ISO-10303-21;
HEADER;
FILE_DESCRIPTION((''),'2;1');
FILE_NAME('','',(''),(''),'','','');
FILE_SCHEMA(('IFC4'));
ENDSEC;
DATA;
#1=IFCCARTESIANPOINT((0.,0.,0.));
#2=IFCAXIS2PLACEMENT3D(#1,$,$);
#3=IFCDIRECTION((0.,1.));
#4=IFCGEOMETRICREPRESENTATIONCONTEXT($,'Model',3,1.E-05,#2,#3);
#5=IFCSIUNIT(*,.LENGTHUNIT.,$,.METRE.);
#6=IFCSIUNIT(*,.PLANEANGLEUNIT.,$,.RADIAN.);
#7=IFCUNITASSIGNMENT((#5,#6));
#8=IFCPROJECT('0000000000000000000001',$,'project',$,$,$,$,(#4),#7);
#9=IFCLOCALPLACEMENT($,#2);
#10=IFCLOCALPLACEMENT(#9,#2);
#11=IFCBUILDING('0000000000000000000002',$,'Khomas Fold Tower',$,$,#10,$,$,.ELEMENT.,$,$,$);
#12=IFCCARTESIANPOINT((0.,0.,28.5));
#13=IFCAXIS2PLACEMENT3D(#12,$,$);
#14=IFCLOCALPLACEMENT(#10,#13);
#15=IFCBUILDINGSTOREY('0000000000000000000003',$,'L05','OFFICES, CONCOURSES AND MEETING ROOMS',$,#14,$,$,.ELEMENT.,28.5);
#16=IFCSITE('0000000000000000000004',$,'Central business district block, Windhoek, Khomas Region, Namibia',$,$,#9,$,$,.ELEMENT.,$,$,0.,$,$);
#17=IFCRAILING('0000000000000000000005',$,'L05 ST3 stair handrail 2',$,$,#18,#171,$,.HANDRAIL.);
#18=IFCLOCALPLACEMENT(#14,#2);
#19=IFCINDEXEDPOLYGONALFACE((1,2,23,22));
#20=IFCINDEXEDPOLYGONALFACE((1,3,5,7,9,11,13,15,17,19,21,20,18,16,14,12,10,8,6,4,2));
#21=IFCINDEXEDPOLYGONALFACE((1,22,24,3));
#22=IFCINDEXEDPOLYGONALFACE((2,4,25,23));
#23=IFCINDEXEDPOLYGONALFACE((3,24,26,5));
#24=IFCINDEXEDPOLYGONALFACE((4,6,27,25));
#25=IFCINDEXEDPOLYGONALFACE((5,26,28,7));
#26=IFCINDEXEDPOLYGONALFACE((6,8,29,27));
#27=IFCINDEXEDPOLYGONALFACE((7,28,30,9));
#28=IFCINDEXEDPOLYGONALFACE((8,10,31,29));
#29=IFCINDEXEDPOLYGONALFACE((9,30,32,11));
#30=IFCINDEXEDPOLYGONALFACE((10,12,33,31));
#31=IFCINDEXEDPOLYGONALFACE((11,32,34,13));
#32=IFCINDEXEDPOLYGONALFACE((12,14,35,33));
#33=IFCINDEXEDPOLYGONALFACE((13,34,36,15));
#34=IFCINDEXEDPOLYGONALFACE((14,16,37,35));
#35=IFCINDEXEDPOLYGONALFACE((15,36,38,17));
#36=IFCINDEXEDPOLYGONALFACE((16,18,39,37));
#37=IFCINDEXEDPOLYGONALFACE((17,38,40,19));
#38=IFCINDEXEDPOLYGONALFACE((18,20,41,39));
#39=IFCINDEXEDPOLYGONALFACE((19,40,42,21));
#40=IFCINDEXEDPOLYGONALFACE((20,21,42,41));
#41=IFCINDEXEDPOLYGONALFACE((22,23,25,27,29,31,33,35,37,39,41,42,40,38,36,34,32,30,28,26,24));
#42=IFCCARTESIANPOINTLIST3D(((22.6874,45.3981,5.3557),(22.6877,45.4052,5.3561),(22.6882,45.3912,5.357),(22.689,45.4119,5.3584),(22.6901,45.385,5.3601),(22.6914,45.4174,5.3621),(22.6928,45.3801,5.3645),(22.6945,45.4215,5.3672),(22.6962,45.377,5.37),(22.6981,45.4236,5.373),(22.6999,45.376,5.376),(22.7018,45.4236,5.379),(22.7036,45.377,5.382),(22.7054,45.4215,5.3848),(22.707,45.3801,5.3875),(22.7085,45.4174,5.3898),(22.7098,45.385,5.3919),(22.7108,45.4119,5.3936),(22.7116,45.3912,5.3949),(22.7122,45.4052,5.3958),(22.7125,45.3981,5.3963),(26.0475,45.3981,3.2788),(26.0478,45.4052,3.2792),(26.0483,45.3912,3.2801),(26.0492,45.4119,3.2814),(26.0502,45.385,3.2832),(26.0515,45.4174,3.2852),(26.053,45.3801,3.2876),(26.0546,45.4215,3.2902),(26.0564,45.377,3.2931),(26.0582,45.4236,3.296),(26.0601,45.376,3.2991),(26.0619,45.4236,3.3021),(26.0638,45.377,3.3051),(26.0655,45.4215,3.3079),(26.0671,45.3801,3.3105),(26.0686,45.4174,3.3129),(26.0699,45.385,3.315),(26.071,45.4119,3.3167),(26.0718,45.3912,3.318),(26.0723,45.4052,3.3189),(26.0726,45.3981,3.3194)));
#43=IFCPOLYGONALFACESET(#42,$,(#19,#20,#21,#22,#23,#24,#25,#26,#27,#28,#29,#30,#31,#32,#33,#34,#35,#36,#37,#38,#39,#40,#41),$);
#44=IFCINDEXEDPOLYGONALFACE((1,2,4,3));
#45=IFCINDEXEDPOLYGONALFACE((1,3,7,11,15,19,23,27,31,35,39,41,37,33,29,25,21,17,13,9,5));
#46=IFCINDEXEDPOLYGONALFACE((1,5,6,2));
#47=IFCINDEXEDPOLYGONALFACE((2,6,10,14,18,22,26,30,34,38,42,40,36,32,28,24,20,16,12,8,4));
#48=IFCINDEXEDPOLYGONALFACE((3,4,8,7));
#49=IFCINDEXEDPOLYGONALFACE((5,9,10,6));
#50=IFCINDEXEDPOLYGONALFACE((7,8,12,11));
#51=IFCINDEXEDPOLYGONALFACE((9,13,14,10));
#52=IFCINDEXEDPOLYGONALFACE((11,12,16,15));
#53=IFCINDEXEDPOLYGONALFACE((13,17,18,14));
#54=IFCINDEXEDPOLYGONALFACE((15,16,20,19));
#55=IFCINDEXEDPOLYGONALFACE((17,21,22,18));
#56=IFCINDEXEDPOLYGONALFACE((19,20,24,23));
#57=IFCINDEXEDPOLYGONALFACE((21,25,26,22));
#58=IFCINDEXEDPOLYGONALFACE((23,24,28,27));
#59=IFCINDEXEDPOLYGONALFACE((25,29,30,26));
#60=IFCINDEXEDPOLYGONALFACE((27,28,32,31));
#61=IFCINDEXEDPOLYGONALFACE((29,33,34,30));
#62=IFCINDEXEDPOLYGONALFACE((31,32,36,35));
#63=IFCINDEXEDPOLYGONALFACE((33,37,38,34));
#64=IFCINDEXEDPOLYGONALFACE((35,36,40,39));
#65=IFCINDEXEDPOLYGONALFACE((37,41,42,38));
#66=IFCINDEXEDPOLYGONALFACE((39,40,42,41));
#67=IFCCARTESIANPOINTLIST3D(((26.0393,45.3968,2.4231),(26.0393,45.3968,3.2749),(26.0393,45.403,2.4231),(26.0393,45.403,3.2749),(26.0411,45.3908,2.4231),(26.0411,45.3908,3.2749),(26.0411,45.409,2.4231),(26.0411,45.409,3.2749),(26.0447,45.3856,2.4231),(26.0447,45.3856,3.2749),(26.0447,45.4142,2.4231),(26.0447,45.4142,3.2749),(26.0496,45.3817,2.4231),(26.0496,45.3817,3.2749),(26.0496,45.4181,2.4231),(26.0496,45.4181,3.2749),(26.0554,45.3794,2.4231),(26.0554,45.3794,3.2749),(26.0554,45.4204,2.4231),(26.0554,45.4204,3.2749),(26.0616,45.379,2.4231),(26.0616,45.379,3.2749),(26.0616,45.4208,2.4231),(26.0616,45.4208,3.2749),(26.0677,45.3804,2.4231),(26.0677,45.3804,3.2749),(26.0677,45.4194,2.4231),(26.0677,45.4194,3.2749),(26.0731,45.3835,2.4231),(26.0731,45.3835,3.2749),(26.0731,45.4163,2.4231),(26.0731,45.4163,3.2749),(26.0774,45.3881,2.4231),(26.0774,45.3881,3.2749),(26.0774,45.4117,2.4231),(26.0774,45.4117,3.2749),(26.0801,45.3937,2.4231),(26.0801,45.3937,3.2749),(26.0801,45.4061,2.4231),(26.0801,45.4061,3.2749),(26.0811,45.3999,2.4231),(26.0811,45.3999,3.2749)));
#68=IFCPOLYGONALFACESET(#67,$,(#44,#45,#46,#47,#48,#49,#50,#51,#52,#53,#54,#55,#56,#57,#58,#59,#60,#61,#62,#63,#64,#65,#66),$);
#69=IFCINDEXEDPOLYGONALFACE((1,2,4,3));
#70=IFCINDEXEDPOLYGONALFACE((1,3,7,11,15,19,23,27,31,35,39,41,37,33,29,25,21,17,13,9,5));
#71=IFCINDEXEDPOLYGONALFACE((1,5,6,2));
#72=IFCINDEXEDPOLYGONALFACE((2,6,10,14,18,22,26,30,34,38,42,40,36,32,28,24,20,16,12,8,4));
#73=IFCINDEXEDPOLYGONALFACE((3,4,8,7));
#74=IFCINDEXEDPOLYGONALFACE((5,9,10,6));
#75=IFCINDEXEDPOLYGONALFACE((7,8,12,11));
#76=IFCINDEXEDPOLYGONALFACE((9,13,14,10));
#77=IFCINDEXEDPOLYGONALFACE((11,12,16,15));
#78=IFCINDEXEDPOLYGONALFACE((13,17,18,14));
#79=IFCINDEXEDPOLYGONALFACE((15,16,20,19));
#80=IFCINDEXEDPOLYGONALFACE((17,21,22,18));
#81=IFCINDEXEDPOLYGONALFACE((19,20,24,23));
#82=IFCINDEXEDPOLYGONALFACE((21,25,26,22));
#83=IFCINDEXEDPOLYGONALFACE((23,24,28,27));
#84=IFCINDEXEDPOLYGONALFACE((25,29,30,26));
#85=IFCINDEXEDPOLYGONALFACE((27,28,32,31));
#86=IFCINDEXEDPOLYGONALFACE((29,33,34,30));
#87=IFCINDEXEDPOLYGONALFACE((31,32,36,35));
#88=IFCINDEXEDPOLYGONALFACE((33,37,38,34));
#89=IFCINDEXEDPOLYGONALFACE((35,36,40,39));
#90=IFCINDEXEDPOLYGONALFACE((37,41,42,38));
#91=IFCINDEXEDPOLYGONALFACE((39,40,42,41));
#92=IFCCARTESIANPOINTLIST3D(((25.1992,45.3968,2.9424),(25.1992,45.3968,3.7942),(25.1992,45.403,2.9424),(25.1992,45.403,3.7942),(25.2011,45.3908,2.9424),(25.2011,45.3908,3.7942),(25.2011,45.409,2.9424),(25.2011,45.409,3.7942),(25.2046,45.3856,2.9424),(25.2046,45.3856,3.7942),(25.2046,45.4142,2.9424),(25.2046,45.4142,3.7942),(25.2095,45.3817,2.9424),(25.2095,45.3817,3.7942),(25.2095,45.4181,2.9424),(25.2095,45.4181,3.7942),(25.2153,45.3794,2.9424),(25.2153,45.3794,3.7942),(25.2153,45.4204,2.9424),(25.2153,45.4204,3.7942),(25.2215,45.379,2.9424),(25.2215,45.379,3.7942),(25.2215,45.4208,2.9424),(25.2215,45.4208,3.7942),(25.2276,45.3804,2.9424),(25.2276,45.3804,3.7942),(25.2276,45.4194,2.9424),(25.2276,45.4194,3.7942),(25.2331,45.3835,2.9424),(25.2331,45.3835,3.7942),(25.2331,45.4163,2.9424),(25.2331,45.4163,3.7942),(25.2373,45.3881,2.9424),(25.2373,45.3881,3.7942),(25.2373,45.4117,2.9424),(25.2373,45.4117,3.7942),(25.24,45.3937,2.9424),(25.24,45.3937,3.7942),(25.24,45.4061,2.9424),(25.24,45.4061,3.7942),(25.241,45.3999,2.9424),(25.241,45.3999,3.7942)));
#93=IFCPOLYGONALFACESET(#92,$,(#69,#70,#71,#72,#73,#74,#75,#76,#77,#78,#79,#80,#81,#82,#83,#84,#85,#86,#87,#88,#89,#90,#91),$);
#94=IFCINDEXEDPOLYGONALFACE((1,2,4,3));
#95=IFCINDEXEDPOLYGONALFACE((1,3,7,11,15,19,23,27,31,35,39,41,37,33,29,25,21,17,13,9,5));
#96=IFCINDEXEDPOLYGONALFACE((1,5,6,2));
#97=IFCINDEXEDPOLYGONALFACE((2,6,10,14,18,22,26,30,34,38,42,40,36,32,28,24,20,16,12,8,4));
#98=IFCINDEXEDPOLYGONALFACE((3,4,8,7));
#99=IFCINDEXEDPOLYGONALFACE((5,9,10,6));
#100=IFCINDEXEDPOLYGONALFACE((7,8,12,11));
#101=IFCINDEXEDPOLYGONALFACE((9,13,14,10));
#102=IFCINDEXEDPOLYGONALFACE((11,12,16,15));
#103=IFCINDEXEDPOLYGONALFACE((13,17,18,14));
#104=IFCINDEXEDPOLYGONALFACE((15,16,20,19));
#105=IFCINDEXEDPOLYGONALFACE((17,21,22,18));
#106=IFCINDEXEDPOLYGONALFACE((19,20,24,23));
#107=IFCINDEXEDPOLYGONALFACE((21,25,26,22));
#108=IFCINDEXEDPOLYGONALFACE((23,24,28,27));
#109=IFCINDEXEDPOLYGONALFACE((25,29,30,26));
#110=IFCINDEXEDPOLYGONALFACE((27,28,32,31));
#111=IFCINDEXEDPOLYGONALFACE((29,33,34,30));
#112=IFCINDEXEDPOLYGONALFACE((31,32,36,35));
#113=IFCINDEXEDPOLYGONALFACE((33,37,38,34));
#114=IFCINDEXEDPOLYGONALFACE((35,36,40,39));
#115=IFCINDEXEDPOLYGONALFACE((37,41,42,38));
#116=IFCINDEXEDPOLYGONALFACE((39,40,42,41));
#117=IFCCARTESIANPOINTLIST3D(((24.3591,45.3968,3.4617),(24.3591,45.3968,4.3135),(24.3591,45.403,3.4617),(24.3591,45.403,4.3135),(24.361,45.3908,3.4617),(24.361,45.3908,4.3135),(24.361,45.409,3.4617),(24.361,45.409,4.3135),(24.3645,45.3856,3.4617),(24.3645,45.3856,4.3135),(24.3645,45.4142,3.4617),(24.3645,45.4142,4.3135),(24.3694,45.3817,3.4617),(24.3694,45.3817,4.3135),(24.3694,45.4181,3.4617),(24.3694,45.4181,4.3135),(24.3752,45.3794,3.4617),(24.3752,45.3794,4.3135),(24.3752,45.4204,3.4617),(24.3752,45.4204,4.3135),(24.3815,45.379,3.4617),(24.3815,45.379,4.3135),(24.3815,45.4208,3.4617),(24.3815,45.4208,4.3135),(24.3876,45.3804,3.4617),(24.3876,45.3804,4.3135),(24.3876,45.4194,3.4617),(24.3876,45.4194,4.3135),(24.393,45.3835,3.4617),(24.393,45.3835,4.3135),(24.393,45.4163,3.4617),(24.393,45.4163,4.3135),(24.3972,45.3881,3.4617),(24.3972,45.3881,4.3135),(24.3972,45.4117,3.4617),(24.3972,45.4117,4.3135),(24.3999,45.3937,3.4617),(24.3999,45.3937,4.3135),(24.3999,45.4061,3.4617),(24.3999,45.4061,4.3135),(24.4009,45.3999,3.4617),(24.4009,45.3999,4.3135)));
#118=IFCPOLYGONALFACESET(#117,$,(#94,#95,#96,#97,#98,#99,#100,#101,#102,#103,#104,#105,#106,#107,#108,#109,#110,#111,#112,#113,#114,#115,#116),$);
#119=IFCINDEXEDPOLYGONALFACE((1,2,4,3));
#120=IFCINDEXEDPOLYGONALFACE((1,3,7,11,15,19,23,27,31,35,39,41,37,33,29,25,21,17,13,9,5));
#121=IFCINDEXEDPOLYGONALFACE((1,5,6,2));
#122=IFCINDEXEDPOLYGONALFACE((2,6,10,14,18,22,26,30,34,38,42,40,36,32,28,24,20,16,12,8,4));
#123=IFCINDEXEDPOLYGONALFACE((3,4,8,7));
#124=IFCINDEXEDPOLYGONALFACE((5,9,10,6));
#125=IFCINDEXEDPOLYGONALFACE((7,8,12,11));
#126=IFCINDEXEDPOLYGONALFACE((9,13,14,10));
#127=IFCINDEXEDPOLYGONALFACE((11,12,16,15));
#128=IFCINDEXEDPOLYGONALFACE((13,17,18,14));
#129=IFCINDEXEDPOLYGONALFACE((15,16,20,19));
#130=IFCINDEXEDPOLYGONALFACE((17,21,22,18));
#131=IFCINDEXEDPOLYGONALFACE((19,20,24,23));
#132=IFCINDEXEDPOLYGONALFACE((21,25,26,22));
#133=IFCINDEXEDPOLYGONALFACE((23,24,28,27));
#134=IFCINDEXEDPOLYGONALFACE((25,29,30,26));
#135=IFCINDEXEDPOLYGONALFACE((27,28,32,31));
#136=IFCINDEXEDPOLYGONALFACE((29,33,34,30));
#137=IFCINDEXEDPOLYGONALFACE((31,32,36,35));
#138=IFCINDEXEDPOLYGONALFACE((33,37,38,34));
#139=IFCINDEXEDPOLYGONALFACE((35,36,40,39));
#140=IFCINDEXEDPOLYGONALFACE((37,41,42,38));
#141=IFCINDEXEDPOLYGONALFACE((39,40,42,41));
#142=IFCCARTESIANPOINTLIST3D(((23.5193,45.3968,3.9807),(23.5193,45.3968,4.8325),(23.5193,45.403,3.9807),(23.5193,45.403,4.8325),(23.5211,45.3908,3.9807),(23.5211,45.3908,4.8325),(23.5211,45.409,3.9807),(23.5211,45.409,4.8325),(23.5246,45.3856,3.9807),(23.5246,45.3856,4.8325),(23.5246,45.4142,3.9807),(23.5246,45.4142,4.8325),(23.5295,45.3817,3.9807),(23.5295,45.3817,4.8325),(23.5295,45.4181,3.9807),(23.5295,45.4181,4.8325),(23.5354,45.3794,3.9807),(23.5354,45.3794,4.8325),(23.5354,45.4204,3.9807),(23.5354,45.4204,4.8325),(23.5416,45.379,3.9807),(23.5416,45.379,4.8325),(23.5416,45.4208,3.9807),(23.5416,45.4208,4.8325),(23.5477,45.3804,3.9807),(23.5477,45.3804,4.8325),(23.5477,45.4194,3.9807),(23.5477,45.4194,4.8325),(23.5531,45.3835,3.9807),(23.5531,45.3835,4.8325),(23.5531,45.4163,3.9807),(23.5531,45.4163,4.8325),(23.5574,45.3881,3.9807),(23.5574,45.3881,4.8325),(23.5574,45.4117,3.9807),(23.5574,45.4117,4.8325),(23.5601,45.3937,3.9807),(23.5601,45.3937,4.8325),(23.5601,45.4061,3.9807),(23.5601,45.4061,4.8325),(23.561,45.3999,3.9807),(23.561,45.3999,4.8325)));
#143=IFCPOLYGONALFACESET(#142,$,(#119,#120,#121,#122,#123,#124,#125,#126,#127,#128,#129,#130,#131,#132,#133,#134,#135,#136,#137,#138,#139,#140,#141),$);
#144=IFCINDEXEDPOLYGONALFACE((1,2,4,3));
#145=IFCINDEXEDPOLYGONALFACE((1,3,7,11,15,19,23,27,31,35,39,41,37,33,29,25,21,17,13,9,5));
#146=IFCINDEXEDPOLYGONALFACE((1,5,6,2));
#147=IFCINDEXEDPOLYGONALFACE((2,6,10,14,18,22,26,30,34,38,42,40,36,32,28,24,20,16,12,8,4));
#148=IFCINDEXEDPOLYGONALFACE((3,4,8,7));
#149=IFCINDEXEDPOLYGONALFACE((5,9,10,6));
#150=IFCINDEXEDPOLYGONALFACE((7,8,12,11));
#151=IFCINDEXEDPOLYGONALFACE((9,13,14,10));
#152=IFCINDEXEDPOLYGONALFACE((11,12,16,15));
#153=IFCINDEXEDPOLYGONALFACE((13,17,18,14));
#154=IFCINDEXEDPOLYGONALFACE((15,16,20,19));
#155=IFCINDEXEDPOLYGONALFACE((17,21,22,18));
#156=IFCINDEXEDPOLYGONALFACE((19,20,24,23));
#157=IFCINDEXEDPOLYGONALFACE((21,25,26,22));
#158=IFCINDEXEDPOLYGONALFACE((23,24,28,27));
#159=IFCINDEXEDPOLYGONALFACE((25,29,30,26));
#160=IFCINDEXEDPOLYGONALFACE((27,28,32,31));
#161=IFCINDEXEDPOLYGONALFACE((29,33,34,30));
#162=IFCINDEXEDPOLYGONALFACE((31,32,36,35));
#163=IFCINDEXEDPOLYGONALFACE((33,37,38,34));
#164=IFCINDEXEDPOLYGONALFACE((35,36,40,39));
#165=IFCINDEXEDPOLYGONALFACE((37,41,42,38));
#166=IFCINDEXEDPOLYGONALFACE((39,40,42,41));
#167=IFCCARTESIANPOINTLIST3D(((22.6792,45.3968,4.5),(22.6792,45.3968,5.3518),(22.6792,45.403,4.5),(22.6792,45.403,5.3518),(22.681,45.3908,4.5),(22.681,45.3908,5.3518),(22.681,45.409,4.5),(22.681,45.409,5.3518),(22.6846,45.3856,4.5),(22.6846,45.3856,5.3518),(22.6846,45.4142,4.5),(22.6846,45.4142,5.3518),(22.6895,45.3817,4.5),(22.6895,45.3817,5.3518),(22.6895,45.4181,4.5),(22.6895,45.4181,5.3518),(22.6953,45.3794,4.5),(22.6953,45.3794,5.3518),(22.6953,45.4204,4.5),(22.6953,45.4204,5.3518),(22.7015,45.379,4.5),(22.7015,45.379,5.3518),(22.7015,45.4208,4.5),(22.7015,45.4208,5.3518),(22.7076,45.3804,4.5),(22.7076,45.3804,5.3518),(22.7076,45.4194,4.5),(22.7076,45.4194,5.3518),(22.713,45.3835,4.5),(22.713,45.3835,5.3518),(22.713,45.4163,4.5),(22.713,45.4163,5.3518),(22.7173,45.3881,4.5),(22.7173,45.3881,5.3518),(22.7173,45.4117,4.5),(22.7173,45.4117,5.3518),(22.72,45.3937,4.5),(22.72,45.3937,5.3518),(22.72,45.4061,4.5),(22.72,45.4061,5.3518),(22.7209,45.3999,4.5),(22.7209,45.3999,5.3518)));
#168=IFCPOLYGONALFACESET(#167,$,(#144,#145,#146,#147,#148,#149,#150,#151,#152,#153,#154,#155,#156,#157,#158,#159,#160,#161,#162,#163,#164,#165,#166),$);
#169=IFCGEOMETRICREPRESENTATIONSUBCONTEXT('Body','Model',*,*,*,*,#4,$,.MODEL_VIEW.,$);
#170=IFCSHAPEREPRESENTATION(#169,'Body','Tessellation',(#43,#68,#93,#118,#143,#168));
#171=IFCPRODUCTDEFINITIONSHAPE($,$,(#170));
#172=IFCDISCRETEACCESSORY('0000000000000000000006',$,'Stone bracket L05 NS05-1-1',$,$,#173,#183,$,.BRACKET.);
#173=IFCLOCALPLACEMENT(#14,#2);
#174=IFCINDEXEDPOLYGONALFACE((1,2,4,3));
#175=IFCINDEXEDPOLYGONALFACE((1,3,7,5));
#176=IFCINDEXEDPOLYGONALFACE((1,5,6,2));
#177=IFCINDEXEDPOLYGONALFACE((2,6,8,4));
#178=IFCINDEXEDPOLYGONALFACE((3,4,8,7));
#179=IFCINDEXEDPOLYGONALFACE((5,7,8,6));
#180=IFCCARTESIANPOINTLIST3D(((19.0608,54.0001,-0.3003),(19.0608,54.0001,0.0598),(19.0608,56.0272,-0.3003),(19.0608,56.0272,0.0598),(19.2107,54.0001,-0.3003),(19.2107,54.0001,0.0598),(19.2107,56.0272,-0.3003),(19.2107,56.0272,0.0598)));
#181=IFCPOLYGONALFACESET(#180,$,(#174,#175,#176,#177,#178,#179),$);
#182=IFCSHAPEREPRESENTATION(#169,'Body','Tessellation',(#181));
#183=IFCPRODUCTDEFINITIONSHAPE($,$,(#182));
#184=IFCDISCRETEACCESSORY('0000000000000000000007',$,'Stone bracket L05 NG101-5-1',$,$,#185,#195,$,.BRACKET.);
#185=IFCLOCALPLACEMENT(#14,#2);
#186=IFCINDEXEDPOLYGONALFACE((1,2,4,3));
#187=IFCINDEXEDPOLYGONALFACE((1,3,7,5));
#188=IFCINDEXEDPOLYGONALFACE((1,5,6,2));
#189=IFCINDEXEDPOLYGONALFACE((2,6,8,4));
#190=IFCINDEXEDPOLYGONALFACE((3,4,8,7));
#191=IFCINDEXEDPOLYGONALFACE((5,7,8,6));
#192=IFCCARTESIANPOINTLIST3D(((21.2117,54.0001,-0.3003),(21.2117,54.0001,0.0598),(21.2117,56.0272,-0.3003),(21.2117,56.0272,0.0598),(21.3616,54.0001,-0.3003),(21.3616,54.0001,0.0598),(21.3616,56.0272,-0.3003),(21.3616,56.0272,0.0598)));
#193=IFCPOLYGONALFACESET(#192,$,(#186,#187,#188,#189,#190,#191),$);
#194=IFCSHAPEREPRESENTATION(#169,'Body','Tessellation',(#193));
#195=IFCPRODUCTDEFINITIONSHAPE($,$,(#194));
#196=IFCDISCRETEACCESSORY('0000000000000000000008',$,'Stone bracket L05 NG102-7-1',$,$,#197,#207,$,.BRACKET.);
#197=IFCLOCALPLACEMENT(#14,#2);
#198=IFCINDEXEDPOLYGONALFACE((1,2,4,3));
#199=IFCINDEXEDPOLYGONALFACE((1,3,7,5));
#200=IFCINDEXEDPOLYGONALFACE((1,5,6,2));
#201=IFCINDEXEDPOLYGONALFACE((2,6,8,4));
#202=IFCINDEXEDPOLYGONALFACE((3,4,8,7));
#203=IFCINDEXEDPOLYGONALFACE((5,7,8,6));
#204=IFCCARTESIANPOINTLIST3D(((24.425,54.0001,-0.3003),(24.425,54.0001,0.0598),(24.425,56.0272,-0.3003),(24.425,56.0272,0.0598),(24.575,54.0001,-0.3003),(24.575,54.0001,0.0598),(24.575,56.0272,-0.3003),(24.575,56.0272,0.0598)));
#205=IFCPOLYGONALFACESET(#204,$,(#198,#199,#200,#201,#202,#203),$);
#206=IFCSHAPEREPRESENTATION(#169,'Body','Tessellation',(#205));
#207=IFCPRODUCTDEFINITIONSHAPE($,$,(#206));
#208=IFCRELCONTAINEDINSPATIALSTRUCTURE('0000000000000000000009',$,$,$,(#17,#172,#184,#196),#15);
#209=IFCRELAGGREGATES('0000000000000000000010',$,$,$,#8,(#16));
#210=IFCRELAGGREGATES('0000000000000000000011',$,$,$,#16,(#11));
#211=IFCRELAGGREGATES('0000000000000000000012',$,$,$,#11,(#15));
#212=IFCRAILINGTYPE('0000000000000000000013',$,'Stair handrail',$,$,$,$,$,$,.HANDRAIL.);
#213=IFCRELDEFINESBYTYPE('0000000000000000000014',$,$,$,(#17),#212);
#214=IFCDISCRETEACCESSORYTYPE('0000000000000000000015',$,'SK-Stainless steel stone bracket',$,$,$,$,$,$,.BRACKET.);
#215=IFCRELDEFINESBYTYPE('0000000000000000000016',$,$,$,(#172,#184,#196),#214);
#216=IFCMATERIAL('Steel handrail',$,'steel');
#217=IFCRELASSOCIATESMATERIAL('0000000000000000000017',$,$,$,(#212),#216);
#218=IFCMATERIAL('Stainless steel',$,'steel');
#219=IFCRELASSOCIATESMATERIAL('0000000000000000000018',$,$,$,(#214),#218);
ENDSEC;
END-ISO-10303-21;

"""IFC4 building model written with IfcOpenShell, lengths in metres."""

from ifc_helpers import new_model, si_unit, direction, frame, origin, origin_2d, place, context, subcontext, project, spatial, rectangle, circle, extrude, source, transform, mapped, material, type_object, element, save


model = new_model("IFC4")

# Units and contexts
model_context = context("Model", 3, precision=1e-05, world=origin(), true_north=direction((0.0, 1.0)))
body_context = subcontext(model_context, "Body", "Model", "MODEL_VIEW")
ifc_project = project(units=[si_unit("LENGTHUNIT", "METRE"), si_unit("PLANEANGLEUNIT", "RADIAN")], contexts=[model_context])

# Site, building, storey
site_placement = place(None, origin())
site = spatial("IfcSite", under=ifc_project, at=site_placement, Name="Central business district block, Windhoek, Khomas Region, Namibia", CompositionType="ELEMENT", RefElevation=0.0)
building_placement = place(site_placement, origin())
building = spatial("IfcBuilding", under=site, at=building_placement, Name="Khomas Fold Tower", CompositionType="ELEMENT")
storey_placement = place(building_placement, frame((0.0, 0.0, 28.5)))
storey = spatial("IfcBuildingStorey", under=building, at=storey_placement, Name="L05", Description="OFFICES, CONCOURSES AND MEETING ROOMS", CompositionType="ELEMENT", Elevation=28.5)

# Railing
ifc_material_1 = material(Name="Steel handrail", Category="steel")
railing_type_1 = type_object("IfcRailingType", Name="Stair handrail", PredefinedType="HANDRAIL", material=ifc_material_1)
shared_shape_1 = source(origin(), body_context, "Body", "SweptSolid", [
    extrude(circle(Radius=0.0239, at=origin_2d()), frame((0.0, 0.0, 0.876), z_axis=(-0.850623, 0.0, 0.525776), x_axis=(0.0, -1.0, 0.0)), (0.0, 0.0, 1.0), 3.9502),
    extrude(circle(Radius=0.021, at=origin_2d()), origin(), (0.0, 0.0, 1.0), 0.8518),
    extrude(circle(Radius=0.021, at=origin_2d()), frame((-0.8401, 0.0, 0.5193)), (0.0, 0.0, 1.0), 0.8518),
    extrude(circle(Radius=0.021, at=origin_2d()), frame((-1.6802, 0.0, 1.0386)), (0.0, 0.0, 1.0), 0.8518),
    extrude(circle(Radius=0.021, at=origin_2d()), frame((-2.52, 0.0, 1.5576)), (0.0, 0.0, 1.0), 0.8518),
    extrude(circle(Radius=0.021, at=origin_2d()), frame((-3.3601, 0.0, 2.0769)), (0.0, 0.0, 1.0), 0.8518),
])
railing_1_placement = place(storey_placement, frame((26.0601, 45.3999, 2.4231)))
element("IfcRailing", 1, at=railing_1_placement, inside=storey, type_object=railing_type_1, Name="L05 ST3 stair handrail 2", PredefinedType="HANDRAIL", context=body_context, shape_type="MappedRepresentation", body=[
    mapped(shared_shape_1, transform((0.0, 0.0, 0.0))),
])

# Discrete accessories
ifc_material_2 = material(Name="Stainless steel", Category="steel")
discrete_accessory_type = type_object("IfcDiscreteAccessoryType", Name="SK-Stainless steel stone bracket", PredefinedType="BRACKET", material=ifc_material_2)
shared_shape_2 = source(origin(), body_context, "Body", "SweptSolid", [
    extrude(rectangle(XDim=2.0271, YDim=0.1499, at=origin_2d()), origin(), (0.0, 0.0, 1.0), 0.3601),
])
for number, where, z_axis, x_axis, name in (
    (2, (19.1357, 55.0137, -0.3003), (0.0, 0.0, 1.0), (0.0, 1.0, 0.0), "Stone bracket L05 NS05-1-1"),
    (3, (21.2866, 55.0137, -0.3003), (0.0, 0.0, 1.0), (0.0, 1.0, 0.0), "Stone bracket L05 NG101-5-1"),
    (4, (24.5, 55.0137, -0.3003), (0.0, 0.0, 1.0), (0.0, 1.0, 0.0), "Stone bracket L05 NG102-7-1"),
):
    element("IfcDiscreteAccessory", number, at=place(storey_placement, frame(where, z_axis=z_axis, x_axis=x_axis)), inside=storey, type_object=discrete_accessory_type, Name=name, PredefinedType="BRACKET", context=body_context, shape_type="MappedRepresentation", body=[
        mapped(shared_shape_2, transform((0.0, 0.0, 0.0))),
    ])

save(model, "model.ifc")
